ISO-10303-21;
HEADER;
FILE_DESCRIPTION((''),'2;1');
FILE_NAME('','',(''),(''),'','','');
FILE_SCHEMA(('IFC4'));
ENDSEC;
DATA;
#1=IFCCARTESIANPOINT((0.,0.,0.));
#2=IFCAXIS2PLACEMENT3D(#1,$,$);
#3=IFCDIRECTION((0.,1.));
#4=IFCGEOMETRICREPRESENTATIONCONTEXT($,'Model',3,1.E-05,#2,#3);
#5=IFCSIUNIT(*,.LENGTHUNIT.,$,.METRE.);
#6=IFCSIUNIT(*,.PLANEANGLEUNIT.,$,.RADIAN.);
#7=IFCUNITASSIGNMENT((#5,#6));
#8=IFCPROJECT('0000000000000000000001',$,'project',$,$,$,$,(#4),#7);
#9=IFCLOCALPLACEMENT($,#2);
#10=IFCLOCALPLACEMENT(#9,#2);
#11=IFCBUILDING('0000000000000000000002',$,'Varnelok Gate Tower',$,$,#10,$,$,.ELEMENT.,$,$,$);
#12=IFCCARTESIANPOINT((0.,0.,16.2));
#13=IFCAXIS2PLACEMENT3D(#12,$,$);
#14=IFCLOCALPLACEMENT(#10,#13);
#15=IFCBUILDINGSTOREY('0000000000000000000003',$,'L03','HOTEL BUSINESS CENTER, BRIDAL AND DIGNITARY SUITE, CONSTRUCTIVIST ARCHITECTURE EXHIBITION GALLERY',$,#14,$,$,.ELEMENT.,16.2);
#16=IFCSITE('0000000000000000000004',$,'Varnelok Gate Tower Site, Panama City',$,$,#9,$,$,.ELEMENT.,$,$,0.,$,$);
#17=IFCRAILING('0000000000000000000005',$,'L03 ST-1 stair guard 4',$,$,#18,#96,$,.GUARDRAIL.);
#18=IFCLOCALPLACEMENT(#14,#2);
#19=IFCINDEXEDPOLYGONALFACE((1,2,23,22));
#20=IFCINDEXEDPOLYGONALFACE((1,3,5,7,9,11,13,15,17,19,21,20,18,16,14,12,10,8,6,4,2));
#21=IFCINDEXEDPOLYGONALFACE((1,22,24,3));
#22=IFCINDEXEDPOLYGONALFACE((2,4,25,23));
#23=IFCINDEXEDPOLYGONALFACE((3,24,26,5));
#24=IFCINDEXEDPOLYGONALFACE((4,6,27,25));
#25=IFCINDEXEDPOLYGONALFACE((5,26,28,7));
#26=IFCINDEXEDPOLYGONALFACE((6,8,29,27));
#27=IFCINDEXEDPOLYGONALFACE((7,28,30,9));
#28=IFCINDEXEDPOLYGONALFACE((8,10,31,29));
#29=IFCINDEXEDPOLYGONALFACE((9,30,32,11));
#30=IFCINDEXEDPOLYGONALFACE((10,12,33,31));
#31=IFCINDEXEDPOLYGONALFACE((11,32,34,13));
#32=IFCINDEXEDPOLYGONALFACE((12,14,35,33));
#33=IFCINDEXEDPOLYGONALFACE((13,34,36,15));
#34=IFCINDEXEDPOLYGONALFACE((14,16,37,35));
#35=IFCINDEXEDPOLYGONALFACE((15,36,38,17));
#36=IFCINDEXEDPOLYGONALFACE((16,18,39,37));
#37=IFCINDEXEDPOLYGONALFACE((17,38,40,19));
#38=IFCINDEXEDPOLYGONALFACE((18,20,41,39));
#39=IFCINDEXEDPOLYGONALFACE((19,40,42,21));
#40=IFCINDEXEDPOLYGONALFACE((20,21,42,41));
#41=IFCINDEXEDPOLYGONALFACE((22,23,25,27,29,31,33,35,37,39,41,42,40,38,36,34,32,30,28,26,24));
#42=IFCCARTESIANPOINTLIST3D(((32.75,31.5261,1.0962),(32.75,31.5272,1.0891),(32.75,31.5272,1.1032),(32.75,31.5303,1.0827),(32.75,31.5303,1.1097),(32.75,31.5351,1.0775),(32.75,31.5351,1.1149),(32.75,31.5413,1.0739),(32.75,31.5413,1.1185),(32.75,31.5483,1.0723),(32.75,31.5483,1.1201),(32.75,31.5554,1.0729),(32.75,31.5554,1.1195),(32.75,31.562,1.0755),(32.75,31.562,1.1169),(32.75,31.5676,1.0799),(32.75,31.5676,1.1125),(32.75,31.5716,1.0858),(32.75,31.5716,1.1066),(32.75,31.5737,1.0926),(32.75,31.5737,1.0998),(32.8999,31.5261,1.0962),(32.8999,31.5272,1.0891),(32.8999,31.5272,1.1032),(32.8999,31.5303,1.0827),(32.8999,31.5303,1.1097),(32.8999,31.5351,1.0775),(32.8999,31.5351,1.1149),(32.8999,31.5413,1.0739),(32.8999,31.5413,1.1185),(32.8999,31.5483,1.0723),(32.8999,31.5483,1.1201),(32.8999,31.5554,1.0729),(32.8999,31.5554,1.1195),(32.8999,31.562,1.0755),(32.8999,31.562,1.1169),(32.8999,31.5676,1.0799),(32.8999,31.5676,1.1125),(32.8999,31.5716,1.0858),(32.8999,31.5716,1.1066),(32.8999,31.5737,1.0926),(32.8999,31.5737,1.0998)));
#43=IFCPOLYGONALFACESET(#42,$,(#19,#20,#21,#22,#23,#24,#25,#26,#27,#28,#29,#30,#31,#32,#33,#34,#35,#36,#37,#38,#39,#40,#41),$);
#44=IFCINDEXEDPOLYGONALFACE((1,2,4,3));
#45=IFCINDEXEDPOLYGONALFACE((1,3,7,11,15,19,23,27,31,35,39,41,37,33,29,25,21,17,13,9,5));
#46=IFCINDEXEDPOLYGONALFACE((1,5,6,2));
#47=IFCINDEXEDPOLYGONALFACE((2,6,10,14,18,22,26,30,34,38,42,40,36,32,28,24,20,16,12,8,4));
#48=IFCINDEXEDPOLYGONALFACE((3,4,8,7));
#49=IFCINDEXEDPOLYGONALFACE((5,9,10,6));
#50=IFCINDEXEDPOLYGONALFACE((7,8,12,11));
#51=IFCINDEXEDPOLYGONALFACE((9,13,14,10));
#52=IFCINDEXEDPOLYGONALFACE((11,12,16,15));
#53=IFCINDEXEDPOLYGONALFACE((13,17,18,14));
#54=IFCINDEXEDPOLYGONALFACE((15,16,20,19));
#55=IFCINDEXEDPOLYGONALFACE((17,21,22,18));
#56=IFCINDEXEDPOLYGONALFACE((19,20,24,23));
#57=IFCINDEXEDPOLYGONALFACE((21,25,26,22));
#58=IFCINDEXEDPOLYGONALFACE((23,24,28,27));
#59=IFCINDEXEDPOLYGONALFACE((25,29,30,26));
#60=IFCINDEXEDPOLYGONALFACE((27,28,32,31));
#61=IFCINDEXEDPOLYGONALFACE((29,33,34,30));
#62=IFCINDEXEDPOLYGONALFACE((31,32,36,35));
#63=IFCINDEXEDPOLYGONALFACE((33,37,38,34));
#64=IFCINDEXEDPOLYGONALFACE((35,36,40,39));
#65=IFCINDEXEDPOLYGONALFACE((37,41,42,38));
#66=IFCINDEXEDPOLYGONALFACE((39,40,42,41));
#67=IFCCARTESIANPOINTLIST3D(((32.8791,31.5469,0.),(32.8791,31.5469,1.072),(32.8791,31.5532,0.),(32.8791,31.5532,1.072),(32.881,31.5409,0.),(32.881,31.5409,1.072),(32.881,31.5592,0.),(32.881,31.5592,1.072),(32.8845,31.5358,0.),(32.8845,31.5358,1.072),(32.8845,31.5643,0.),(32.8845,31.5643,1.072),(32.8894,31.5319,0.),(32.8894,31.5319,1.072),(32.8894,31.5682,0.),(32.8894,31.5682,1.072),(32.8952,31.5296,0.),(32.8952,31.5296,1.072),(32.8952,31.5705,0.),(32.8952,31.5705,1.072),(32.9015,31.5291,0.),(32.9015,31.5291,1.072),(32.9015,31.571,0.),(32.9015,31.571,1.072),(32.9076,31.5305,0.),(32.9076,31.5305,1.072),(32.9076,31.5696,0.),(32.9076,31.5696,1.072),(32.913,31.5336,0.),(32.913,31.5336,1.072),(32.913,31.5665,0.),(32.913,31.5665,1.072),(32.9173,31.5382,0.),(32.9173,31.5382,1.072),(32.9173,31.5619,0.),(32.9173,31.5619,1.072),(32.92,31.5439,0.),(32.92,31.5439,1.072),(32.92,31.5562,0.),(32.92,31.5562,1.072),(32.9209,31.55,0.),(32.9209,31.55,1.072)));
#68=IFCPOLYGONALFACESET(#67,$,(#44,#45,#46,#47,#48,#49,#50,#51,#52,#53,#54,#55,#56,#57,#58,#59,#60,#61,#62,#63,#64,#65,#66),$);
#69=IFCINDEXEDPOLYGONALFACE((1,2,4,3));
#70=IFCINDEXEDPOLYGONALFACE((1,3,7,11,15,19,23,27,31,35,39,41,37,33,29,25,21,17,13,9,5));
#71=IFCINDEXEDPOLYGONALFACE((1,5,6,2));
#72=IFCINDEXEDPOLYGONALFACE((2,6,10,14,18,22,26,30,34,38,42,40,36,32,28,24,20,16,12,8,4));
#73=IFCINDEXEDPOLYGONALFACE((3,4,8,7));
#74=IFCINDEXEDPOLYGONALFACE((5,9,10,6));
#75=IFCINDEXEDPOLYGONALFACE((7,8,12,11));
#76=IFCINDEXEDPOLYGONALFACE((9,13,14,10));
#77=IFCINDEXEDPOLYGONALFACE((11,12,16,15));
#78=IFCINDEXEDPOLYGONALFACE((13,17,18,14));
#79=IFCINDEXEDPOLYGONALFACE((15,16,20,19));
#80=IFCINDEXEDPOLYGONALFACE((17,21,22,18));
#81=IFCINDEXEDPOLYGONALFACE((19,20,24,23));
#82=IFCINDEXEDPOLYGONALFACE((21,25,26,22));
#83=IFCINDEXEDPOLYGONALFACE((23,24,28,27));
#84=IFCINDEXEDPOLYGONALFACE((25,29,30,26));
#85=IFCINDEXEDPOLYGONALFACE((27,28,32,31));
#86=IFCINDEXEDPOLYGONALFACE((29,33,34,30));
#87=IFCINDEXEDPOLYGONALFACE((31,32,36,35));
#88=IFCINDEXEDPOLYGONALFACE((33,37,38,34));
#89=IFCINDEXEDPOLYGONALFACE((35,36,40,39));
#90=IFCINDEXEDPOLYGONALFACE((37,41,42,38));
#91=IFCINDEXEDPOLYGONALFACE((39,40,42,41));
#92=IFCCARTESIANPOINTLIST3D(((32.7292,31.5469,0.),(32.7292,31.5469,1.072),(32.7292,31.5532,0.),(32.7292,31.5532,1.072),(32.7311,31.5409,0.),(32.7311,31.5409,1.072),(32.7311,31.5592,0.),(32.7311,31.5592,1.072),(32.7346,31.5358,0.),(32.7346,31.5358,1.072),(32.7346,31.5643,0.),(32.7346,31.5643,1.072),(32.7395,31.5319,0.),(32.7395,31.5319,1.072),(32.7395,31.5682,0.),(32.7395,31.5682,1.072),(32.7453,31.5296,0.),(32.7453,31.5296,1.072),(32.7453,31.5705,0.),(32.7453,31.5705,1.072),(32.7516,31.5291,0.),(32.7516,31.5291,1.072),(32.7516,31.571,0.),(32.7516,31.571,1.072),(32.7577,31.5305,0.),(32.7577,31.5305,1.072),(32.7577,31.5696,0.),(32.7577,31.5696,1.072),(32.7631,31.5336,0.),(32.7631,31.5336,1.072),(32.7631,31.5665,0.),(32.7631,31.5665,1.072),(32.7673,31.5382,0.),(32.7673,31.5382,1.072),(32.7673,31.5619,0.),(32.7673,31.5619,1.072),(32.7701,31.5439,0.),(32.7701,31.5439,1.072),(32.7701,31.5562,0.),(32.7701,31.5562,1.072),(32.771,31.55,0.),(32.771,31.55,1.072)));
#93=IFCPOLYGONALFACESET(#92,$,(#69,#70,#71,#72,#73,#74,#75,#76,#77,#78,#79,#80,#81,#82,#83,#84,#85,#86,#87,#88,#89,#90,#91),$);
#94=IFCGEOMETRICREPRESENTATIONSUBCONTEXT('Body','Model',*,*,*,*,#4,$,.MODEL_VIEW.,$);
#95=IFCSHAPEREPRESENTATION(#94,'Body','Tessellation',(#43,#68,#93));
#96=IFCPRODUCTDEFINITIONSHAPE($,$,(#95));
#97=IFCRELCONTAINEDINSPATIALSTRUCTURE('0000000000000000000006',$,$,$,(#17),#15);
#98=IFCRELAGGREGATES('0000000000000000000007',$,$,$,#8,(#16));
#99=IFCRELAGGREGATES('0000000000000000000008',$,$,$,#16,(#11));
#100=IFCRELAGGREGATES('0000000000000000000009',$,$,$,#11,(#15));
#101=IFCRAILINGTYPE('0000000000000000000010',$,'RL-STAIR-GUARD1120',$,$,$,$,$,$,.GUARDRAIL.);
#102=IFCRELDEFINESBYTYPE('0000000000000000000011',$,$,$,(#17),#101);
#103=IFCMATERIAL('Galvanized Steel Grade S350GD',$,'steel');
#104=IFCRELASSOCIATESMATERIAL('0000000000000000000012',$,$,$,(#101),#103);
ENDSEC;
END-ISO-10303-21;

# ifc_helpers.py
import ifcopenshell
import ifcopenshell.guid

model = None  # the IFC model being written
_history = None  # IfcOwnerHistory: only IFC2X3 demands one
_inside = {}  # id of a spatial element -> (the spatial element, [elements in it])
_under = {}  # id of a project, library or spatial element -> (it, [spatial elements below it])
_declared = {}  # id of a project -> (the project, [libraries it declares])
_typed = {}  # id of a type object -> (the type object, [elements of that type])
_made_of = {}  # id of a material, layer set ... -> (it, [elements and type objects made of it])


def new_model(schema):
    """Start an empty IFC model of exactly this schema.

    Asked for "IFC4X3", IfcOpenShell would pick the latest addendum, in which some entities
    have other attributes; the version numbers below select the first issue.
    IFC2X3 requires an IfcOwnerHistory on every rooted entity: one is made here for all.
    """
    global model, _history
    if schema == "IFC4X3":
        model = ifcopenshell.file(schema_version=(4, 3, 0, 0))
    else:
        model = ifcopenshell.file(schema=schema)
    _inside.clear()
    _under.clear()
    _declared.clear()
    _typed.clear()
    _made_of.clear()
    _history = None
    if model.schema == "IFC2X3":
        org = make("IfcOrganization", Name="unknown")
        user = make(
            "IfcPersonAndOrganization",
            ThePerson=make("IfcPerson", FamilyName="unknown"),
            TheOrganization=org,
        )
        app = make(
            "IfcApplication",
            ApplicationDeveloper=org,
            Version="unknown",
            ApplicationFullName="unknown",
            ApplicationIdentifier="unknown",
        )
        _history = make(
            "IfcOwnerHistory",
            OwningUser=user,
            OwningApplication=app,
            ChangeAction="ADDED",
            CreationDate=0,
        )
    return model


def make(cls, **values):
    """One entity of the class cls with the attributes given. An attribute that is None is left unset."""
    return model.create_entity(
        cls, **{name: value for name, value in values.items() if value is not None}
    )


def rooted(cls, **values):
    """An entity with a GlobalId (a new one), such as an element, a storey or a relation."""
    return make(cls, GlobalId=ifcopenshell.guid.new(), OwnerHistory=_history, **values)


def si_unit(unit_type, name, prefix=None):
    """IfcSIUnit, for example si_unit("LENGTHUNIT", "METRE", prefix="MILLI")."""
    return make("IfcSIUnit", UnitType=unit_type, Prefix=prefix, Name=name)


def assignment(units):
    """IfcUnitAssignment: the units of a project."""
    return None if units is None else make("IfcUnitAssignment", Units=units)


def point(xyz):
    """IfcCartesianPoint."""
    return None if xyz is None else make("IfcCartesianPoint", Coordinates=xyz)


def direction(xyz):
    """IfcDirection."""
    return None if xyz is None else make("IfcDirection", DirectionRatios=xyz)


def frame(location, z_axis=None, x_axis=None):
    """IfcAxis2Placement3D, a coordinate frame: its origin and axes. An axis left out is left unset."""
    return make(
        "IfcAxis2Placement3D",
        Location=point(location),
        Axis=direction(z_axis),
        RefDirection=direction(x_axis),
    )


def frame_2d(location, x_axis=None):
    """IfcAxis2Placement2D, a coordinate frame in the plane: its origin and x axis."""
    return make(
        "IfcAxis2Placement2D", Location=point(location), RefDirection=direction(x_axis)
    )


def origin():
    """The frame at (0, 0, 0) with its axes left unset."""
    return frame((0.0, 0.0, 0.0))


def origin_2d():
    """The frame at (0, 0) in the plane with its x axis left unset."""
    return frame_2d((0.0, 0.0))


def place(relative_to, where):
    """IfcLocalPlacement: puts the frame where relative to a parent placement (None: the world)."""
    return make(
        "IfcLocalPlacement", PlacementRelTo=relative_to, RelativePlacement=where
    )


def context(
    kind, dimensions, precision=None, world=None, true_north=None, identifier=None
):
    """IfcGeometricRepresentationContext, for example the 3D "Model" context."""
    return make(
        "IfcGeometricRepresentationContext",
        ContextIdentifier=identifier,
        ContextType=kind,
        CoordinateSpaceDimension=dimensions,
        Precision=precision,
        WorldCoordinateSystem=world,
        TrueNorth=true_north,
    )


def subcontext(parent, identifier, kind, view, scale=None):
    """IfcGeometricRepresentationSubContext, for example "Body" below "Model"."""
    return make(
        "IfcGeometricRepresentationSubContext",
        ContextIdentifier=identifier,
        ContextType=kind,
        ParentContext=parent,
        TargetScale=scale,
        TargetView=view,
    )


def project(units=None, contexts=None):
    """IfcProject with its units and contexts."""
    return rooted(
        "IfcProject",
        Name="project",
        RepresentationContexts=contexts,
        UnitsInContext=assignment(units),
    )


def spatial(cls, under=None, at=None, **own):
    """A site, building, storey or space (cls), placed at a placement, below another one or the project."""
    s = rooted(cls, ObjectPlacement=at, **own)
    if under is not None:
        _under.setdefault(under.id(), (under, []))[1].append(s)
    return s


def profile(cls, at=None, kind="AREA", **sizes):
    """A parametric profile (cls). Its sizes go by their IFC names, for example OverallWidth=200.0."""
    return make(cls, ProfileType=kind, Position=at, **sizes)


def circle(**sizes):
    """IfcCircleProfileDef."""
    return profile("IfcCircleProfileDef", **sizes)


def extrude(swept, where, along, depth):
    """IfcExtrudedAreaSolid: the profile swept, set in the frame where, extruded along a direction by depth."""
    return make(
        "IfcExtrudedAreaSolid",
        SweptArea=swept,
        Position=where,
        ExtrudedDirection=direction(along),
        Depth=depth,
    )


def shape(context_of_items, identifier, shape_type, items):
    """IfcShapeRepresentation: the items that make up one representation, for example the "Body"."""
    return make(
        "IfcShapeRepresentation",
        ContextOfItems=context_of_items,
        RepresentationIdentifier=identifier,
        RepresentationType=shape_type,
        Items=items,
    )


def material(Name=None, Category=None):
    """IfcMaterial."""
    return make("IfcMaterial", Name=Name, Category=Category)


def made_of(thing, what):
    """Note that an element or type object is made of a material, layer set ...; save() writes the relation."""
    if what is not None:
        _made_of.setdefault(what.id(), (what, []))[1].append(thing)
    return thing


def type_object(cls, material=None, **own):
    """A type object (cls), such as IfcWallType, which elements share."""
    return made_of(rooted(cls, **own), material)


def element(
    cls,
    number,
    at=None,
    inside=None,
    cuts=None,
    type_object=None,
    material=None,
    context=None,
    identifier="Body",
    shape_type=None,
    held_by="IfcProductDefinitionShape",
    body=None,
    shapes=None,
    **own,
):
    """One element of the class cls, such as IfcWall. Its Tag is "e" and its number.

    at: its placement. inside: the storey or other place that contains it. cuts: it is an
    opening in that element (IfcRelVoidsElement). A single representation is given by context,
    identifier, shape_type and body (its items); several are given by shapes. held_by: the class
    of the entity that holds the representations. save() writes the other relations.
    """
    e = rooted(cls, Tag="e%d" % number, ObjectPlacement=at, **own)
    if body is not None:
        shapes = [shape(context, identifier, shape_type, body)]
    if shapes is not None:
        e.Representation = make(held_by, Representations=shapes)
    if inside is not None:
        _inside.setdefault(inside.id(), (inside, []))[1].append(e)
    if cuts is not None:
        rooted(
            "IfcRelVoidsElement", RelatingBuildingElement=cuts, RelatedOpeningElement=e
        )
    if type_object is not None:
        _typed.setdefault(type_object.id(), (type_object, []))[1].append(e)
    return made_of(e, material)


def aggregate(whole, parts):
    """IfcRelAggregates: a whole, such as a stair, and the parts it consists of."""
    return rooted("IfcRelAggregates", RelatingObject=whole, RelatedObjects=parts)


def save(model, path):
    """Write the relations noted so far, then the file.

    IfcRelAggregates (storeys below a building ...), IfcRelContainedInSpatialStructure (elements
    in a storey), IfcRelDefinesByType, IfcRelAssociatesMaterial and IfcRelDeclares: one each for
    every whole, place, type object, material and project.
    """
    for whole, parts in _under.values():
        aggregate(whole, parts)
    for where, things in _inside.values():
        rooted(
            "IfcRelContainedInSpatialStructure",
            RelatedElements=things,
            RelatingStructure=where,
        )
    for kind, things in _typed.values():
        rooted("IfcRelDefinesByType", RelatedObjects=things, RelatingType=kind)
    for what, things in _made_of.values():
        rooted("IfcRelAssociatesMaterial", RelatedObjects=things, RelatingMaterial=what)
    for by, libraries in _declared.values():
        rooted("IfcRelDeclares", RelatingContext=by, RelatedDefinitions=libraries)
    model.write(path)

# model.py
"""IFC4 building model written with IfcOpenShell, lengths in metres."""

from ifc_helpers import new_model, si_unit, direction, frame, origin, origin_2d, place, context, subcontext, project, spatial, circle, extrude, material, type_object, element, save


model = new_model("IFC4")

# Units and contexts
model_context = context("Model", 3, precision=1e-05, world=origin(), true_north=direction((0.0, 1.0)))
body_context = subcontext(model_context, "Body", "Model", "MODEL_VIEW")
ifc_project = project(units=[si_unit("LENGTHUNIT", "METRE"), si_unit("PLANEANGLEUNIT", "RADIAN")], contexts=[model_context])

# Site, building, storey
site_placement = place(None, origin())
site = spatial("IfcSite", under=ifc_project, at=site_placement, Name="Varnelok Gate Tower Site, Panama City", CompositionType="ELEMENT", RefElevation=0.0)
building_placement = place(site_placement, origin())
building = spatial("IfcBuilding", under=site, at=building_placement, Name="Varnelok Gate Tower", CompositionType="ELEMENT")
storey_placement = place(building_placement, frame((0.0, 0.0, 16.2)))
storey = spatial("IfcBuildingStorey", under=building, at=storey_placement, Name="L03", Description="HOTEL BUSINESS CENTER, BRIDAL AND DIGNITARY SUITE, CONSTRUCTIVIST ARCHITECTURE EXHIBITION GALLERY", CompositionType="ELEMENT", Elevation=16.2)

# Shared definitions
ifc_material_1 = material(Name="Galvanized Steel Grade S350GD", Category="steel")

# Railing
railing_type_1 = type_object("IfcRailingType", Name="RL-STAIR-GUARD1120", PredefinedType="GUARDRAIL", material=ifc_material_1)
railing_1_placement = place(storey_placement, frame((32.8999, 31.55, 0.0)))
element("IfcRailing", 1, at=railing_1_placement, inside=storey, type_object=railing_type_1, Name="L03 ST-1 stair guard 4", PredefinedType="GUARDRAIL", context=body_context, shape_type="SweptSolid", body=[
    extrude(circle(Radius=0.0239, at=origin_2d()), frame((0.0, 0.0, 1.0962), z_axis=(-1.0, 0.0, 0.0), x_axis=(0.0, -1.0, 0.0)), (0.0, 0.0, 1.0), 0.1499),
    extrude(circle(Radius=0.021, at=origin_2d()), origin(), (0.0, 0.0, 1.0), 1.072),
    extrude(circle(Radius=0.021, at=origin_2d()), frame((-0.1499, 0.0, 0.0)), (0.0, 0.0, 1.0), 1.072),
])

save(model, "model.ifc")
